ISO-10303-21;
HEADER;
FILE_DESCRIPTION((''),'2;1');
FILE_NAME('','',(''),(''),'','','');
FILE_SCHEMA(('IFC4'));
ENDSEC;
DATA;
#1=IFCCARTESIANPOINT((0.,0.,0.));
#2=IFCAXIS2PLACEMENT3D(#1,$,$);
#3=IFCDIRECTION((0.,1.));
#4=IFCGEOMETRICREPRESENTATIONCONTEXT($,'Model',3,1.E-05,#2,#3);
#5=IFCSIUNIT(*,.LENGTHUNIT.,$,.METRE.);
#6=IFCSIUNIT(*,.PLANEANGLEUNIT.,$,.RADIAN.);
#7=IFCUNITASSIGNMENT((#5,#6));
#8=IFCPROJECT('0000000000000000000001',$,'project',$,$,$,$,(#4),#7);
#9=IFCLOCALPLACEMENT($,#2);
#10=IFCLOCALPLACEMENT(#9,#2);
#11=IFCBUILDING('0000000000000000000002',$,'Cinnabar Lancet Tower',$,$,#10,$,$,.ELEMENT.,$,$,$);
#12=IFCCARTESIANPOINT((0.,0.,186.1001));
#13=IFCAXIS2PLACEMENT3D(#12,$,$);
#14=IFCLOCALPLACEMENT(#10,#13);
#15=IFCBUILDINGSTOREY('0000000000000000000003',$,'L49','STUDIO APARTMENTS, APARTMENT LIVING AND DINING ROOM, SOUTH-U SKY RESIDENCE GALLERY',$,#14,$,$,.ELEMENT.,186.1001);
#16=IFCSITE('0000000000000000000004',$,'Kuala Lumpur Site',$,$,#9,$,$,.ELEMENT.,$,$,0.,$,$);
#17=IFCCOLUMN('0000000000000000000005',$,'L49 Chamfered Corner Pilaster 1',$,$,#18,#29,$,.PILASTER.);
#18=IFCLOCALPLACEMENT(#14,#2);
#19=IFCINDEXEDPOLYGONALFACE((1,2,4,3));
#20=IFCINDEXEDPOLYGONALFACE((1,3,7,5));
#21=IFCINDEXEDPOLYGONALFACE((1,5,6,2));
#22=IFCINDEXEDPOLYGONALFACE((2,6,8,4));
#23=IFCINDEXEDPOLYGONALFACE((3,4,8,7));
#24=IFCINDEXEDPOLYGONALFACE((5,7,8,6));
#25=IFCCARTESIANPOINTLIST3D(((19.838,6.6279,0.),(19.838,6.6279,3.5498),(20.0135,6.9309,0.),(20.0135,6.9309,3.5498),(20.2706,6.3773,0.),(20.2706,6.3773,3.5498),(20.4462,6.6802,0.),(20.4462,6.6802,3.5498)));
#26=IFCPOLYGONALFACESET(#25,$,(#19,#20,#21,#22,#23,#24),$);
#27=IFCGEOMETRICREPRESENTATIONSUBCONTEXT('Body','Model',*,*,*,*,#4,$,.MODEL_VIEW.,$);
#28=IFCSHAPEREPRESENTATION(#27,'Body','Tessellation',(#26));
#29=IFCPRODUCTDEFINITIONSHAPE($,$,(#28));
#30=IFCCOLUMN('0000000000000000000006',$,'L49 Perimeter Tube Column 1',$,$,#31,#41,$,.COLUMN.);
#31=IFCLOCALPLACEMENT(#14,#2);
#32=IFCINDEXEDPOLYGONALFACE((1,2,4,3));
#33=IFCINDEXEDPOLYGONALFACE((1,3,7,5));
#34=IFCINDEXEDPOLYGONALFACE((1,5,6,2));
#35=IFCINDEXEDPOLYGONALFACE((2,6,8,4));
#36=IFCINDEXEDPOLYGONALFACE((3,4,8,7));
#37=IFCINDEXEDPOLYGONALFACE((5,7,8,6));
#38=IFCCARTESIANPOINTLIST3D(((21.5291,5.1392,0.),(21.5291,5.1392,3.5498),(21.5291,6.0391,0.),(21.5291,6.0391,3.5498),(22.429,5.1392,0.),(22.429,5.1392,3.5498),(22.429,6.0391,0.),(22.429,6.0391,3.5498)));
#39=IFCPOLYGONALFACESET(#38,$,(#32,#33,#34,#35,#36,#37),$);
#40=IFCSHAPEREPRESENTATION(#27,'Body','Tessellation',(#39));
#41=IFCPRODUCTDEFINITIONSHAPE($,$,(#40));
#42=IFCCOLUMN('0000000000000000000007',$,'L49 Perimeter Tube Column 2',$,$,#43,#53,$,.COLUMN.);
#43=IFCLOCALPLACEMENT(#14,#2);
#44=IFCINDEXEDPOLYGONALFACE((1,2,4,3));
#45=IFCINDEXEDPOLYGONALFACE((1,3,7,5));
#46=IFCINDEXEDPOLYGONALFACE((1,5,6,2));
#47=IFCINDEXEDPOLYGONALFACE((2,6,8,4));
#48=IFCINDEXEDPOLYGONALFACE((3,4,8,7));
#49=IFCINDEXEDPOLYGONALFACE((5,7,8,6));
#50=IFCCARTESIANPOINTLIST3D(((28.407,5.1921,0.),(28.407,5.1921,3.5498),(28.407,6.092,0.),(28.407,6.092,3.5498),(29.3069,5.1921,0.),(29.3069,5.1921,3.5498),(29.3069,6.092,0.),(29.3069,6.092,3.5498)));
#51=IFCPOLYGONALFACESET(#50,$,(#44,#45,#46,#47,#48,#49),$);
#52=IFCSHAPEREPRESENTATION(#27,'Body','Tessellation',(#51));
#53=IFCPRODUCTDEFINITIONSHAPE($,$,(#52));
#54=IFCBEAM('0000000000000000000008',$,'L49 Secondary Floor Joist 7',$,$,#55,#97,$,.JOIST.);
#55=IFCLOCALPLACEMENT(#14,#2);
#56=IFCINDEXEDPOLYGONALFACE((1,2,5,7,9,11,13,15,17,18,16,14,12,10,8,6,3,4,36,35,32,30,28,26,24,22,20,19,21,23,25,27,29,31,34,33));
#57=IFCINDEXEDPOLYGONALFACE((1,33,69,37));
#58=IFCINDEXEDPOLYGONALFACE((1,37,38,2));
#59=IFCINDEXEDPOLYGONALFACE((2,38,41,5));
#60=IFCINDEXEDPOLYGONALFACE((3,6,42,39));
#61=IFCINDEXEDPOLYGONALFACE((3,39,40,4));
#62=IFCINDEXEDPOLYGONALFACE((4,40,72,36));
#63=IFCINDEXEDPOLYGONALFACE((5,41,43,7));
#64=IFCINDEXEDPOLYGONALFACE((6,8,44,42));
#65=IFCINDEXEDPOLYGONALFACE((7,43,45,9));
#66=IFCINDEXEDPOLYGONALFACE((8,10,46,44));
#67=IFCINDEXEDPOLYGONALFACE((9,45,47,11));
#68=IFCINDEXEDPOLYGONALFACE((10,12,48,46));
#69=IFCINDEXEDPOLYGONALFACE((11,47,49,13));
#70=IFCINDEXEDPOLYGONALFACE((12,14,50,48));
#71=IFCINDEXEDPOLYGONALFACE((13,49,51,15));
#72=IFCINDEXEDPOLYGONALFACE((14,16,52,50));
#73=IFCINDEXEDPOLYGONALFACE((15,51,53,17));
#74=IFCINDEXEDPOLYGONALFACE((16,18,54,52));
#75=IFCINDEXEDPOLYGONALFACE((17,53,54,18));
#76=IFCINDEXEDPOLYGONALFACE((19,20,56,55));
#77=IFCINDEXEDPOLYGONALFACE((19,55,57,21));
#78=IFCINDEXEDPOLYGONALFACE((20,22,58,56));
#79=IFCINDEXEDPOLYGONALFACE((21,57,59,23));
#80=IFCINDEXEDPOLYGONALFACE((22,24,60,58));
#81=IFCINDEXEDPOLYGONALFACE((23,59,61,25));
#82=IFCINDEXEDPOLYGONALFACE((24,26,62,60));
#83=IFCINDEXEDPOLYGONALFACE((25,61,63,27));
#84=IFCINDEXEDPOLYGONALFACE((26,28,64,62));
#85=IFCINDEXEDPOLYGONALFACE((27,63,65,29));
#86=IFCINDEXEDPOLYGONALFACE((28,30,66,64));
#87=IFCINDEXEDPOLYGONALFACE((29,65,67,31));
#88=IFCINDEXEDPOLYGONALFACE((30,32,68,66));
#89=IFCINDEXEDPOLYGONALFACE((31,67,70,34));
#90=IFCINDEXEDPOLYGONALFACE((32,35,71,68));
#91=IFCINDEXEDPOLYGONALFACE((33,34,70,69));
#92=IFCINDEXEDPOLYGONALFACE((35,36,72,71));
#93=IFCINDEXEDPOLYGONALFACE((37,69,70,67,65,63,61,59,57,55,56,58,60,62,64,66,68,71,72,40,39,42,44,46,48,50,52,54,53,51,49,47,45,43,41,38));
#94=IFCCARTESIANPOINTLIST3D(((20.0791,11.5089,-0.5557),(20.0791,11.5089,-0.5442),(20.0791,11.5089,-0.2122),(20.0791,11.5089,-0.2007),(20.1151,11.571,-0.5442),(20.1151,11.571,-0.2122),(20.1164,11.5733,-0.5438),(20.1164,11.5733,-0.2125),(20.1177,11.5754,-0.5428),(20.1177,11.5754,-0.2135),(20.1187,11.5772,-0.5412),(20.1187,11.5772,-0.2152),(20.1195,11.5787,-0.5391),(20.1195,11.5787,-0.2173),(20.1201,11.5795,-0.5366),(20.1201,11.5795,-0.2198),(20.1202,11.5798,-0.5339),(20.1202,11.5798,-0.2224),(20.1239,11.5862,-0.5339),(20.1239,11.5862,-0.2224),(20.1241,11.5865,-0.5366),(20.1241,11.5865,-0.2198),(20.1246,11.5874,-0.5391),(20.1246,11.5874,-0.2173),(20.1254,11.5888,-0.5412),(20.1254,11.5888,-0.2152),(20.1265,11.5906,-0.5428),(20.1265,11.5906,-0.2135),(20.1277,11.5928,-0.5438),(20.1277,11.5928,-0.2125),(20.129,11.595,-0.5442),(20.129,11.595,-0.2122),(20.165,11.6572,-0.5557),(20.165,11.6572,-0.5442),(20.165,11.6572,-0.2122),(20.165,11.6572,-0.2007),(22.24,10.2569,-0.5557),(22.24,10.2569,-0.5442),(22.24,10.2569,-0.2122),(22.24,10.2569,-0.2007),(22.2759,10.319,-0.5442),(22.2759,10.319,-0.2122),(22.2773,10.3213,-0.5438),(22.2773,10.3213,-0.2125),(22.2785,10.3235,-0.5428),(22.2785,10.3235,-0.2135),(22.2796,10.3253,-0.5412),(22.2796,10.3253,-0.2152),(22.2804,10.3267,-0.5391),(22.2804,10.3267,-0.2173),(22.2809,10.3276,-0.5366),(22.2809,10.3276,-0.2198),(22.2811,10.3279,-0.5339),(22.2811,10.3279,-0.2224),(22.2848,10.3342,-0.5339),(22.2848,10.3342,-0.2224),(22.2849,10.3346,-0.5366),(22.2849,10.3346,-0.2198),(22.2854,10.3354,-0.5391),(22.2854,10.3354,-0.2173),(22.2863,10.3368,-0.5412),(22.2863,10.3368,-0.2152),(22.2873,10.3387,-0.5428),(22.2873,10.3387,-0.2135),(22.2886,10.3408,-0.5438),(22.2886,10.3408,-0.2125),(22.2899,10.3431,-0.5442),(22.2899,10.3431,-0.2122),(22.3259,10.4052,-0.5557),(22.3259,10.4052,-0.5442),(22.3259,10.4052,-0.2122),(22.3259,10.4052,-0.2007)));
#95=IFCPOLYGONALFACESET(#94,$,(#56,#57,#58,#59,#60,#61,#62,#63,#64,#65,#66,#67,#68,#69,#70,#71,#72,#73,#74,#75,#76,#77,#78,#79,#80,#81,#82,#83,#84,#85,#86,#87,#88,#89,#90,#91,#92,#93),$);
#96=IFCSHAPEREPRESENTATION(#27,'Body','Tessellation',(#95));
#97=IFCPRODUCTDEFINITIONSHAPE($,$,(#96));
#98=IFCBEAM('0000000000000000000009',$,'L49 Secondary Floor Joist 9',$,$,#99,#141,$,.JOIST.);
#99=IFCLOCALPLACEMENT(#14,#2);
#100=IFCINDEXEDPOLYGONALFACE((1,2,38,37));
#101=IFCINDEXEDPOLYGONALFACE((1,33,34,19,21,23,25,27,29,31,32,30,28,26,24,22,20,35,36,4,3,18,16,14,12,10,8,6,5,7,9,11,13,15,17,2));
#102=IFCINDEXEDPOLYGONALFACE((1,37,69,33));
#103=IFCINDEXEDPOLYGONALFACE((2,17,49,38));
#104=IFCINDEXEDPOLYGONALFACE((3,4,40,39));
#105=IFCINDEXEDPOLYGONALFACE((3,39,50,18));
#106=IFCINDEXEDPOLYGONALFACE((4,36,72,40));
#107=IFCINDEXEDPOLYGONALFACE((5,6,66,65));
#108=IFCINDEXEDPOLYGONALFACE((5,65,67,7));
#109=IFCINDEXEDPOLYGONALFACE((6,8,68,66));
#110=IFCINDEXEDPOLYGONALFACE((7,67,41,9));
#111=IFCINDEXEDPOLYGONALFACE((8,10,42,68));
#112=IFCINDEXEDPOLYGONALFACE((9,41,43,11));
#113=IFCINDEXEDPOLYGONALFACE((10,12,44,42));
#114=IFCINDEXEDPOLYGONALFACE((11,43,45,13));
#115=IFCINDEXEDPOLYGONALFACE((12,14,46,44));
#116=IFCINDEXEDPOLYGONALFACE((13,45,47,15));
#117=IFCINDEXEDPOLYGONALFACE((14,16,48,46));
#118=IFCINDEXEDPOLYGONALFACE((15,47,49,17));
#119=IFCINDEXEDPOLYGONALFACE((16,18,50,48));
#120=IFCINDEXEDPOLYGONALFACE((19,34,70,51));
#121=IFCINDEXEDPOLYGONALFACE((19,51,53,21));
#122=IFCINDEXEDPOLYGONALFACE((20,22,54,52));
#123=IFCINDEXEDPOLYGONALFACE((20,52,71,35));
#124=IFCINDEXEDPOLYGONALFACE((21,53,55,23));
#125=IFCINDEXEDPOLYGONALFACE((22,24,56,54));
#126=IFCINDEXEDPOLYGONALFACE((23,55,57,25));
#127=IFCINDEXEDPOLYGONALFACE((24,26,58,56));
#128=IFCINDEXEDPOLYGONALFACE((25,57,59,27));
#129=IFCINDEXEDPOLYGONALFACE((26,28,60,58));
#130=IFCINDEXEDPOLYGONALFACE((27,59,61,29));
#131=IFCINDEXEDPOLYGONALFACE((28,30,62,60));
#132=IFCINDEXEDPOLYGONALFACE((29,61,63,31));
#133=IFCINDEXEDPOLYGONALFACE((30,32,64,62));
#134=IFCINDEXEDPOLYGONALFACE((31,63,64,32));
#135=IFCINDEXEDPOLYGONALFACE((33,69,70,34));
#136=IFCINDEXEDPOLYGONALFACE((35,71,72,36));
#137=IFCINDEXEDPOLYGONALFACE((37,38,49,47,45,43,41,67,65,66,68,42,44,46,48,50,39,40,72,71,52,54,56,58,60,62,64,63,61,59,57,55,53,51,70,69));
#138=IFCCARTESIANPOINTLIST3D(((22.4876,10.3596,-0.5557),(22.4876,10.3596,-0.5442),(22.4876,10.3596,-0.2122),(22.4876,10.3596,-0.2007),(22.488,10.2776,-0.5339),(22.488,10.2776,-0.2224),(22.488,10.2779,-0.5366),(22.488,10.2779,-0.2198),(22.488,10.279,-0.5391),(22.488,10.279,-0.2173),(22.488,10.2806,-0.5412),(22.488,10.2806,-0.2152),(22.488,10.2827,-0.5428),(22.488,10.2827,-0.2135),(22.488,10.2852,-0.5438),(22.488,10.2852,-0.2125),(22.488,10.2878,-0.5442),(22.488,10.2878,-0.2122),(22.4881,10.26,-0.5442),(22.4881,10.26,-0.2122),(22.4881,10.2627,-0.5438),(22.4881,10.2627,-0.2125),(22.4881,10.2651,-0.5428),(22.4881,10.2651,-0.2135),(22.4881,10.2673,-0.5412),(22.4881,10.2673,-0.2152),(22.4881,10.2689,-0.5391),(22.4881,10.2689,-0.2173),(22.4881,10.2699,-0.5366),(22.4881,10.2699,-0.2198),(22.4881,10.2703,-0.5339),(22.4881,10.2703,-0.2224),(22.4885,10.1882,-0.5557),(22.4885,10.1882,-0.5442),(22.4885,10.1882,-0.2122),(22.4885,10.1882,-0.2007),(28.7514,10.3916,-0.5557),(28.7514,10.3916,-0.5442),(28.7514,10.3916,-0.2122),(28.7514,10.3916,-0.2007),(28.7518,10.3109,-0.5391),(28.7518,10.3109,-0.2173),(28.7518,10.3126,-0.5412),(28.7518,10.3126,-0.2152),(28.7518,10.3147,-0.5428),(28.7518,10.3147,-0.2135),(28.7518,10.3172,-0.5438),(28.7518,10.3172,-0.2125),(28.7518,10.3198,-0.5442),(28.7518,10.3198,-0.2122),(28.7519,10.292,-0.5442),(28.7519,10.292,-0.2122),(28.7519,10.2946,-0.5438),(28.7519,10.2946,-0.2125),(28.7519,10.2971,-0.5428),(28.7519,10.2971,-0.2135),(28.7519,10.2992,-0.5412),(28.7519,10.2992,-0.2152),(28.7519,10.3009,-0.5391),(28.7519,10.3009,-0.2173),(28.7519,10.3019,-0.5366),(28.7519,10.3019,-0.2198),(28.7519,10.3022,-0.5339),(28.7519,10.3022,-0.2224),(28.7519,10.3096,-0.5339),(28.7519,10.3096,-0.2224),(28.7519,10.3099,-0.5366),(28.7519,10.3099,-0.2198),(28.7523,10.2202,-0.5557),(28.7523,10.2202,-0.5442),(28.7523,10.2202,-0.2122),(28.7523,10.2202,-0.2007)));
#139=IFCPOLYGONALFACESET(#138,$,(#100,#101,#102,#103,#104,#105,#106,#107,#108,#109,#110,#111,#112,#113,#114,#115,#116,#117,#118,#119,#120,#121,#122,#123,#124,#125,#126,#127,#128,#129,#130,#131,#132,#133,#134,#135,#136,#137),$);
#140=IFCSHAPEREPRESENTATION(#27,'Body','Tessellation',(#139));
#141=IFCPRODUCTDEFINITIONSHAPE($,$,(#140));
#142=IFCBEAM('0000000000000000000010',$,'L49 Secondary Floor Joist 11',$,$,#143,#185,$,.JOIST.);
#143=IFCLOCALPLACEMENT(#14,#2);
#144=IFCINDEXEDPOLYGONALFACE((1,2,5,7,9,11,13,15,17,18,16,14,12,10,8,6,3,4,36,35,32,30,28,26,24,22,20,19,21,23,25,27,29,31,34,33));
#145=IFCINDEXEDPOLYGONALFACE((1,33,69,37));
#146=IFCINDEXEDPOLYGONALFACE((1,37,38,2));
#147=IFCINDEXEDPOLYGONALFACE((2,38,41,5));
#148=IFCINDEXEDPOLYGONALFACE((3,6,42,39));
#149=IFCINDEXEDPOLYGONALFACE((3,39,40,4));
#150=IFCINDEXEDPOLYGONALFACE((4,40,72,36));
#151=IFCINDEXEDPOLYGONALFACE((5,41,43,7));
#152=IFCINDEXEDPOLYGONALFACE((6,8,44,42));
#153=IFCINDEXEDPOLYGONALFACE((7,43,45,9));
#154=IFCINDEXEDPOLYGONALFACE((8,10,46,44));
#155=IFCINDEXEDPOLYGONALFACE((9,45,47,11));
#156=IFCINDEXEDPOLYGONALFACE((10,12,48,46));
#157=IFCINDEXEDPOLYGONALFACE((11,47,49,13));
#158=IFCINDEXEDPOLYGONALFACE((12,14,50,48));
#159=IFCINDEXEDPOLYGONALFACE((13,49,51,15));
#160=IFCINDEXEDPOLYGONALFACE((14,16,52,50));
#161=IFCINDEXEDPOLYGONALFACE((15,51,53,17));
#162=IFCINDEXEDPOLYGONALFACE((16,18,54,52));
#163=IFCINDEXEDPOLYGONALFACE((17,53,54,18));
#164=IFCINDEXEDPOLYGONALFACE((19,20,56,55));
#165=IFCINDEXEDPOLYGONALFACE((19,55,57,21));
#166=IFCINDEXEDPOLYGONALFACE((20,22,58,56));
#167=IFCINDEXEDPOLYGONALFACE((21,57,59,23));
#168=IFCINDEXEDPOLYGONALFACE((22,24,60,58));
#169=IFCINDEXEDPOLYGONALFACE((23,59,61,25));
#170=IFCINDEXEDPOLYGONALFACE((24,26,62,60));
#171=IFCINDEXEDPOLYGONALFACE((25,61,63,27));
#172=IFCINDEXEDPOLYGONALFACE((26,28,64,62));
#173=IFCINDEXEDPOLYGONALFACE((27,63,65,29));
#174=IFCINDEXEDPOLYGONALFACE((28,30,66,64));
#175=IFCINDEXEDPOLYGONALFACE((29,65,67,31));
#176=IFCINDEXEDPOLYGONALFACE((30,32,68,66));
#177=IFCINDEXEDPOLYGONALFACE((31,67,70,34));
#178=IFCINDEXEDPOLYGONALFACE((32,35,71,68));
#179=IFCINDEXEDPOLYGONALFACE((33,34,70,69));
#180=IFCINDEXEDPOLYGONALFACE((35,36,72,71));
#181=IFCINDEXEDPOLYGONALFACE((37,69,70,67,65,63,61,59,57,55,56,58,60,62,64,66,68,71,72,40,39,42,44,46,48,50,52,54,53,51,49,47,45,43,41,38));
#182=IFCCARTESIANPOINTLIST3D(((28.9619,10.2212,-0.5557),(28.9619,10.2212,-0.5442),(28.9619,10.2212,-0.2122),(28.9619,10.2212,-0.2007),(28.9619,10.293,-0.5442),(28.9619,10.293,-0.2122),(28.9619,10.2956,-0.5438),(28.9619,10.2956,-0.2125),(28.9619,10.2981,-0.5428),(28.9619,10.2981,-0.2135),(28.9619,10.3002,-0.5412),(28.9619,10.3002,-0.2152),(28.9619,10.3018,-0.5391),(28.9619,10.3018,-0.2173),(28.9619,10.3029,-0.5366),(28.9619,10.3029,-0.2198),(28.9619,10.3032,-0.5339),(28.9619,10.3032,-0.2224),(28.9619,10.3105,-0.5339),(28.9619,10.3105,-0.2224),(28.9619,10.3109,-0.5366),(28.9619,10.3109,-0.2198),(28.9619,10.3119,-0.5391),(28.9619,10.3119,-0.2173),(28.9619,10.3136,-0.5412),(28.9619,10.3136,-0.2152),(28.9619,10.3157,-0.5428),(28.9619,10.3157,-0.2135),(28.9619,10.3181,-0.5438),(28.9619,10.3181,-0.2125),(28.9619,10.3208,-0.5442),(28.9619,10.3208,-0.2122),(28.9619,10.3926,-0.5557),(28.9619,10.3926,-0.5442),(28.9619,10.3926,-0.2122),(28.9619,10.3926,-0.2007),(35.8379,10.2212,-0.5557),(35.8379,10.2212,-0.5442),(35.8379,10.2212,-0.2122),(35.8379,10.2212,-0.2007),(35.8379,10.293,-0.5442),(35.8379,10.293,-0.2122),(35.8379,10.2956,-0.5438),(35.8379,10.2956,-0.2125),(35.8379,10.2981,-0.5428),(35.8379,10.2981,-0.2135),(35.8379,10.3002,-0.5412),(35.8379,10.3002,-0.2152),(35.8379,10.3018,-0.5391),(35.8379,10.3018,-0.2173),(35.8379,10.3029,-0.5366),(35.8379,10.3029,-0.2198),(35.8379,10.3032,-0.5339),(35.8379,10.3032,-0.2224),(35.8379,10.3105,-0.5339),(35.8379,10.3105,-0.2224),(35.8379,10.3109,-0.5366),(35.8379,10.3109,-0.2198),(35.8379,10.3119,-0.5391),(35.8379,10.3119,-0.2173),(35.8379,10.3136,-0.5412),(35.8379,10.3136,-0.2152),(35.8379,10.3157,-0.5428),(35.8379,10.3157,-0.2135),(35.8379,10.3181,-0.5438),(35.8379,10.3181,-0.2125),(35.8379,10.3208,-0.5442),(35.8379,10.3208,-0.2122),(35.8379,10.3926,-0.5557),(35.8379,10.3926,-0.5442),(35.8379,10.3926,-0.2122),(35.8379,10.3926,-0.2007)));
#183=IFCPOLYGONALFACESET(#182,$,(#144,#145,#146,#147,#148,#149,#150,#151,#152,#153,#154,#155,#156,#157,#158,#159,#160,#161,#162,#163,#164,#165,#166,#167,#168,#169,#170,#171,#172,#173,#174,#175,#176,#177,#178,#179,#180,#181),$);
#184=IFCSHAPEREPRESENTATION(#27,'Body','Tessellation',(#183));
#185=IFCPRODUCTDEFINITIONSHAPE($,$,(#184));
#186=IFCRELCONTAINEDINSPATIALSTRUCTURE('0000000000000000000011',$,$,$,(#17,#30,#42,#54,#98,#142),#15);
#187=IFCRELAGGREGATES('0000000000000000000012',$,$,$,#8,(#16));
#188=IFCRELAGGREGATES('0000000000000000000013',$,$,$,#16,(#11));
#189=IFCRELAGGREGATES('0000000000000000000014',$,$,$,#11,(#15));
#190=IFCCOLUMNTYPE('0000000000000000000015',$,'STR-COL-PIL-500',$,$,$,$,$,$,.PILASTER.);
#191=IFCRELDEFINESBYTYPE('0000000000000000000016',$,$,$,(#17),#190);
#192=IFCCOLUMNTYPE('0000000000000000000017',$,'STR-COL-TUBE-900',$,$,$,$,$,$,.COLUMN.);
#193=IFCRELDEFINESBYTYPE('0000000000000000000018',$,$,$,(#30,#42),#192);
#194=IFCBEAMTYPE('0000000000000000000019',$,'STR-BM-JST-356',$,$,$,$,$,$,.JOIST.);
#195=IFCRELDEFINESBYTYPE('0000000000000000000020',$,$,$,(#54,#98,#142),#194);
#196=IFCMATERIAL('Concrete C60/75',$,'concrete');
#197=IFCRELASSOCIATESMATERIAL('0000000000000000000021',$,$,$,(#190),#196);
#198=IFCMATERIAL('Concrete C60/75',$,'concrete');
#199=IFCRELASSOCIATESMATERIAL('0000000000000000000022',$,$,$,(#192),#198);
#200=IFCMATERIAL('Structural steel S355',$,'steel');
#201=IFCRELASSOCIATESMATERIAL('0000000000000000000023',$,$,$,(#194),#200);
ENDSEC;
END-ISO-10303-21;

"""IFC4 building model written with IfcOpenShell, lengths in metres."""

from ifc_helpers import new_model, si_unit, direction, frame, origin, origin_2d, place, context, subcontext, project, spatial, rectangle, i_section, extrude, material, material_profile, profile_set, type_object, element, save


model = new_model("IFC4")

# Units and contexts
model_context = context("Model", 3, precision=1e-05, world=origin(), true_north=direction((0.0, 1.0)))
body_context = subcontext(model_context, "Body", "Model", "MODEL_VIEW")
ifc_project = project(units=[si_unit("LENGTHUNIT", "METRE"), si_unit("PLANEANGLEUNIT", "RADIAN")], contexts=[model_context])

# Site, building, storey
site_placement = place(None, origin())
site = spatial("IfcSite", under=ifc_project, at=site_placement, Name="Kuala Lumpur Site", CompositionType="ELEMENT", RefElevation=0.0)
building_placement = place(site_placement, origin())
building = spatial("IfcBuilding", under=site, at=building_placement, Name="Cinnabar Lancet Tower", CompositionType="ELEMENT")
storey_placement = place(building_placement, frame((0.0, 0.0, 186.1001)))
storey = spatial("IfcBuildingStorey", under=building, at=storey_placement, Name="L49", Description="STUDIO APARTMENTS, APARTMENT LIVING AND DINING ROOM, SOUTH-U SKY RESIDENCE GALLERY", CompositionType="ELEMENT", Elevation=186.1001)

# Columns
ifc_material_1 = material(Name="Concrete C60/75", Category="concrete")
ifc_material_profile_1 = material_profile(ifc_material_1, rectangle(XDim=0.5, YDim=0.3501, at=origin_2d()), Name="RC-PIL 500x350")
ifc_profile_set_1 = profile_set([ifc_material_profile_1], Name="Concrete C60/75")
column_type_1 = type_object("IfcColumnType", Name="STR-COL-PIL-500", PredefinedType="PILASTER", material=ifc_profile_set_1)
column_placement = place(storey_placement, frame((20.1421, 6.6541, 0.0), z_axis=(0.0, 0.0, 1.0), x_axis=(0.86523, -0.501375, 0.0)))
element("IfcColumn", 1, at=column_placement, inside=storey, type_object=column_type_1, Name="L49 Chamfered Corner Pilaster 1", PredefinedType="PILASTER", context=body_context, shape_type="SweptSolid", body=[
    extrude(rectangle(XDim=0.5, YDim=0.3501, at=origin_2d()), origin(), (0.0, 0.0, 1.0), 3.5498),
])
ifc_material_2 = material(Name="Concrete C60/75", Category="concrete")
ifc_material_profile_2 = material_profile(ifc_material_2, rectangle(XDim=0.8999, YDim=0.8999, at=origin_2d()), Name="RC-COL 900x900")
ifc_profile_set_2 = profile_set([ifc_material_profile_2], Name="Concrete C60/75")
column_type_2 = type_object("IfcColumnType", Name="STR-COL-TUBE-900", PredefinedType="COLUMN", material=ifc_profile_set_2)
for number, where, z_axis, x_axis, name in (
    (2, (21.979, 5.5891, 0.0), (0.0, 0.0, 1.0), (1.0, 0.0, 0.0), "L49 Perimeter Tube Column 1"),
    (3, (28.8569, 5.6421, 0.0), (0.0, 0.0, 1.0), (1.0, 0.0, 0.0), "L49 Perimeter Tube Column 2"),
):
    element("IfcColumn", number, at=place(storey_placement, frame(where, z_axis=z_axis, x_axis=x_axis)), inside=storey, type_object=column_type_2, Name=name, PredefinedType="COLUMN", context=body_context, shape_type="SweptSolid", body=[
        extrude(rectangle(XDim=0.8999, YDim=0.8999, at=origin_2d()), origin(), (0.0, 0.0, 1.0), 3.5498),
    ])

# Beams
ifc_material_3 = material(Name="Structural steel S355", Category="steel")
ifc_material_profile_3 = material_profile(ifc_material_3, i_section(OverallWidth=0.1714, OverallDepth=0.355, WebThickness=0.0073, FlangeThickness=0.0115, FilletRadius=0.0103, at=origin_2d()), Name="UKB 356x171x51")
ifc_profile_set_3 = profile_set([ifc_material_profile_3], Name="Structural steel S355")
beam_type_1 = type_object("IfcBeamType", Name="STR-BM-JST-356", PredefinedType="JOIST", material=ifc_profile_set_3)
beam_1_placement = place(storey_placement, frame((20.1221, 11.583, -0.3782), z_axis=(0.865268, -0.50131, 0.0), x_axis=(0.50131, 0.865268, 0.0)))
element("IfcBeam", 4, at=beam_1_placement, inside=storey, type_object=beam_type_1, Name="L49 Secondary Floor Joist 7", PredefinedType="JOIST", context=body_context, shape_type="SweptSolid", body=[
    extrude(i_section(OverallWidth=0.1714, OverallDepth=0.355, WebThickness=0.0073, FlangeThickness=0.0115, FilletRadius=0.0103, at=origin_2d()), origin(), (0.0, 0.0, 1.0), 2.4973),
])
beam_2_placement = place(storey_placement, frame((22.488, 10.2739, -0.3782), z_axis=(0.999987, 0.005106, 0.0), x_axis=(-0.005106, 0.999987, 0.0)))
element("IfcBeam", 5, at=beam_2_placement, inside=storey, type_object=beam_type_1, Name="L49 Secondary Floor Joist 9", PredefinedType="JOIST", context=body_context, shape_type="SweptSolid", body=[
    extrude(i_section(OverallWidth=0.1714, OverallDepth=0.355, WebThickness=0.0073, FlangeThickness=0.0115, FilletRadius=0.0103, at=origin_2d()), origin(), (0.0, 0.0, 1.0), 6.2639),
])
beam_3_placement = place(storey_placement, frame((28.9619, 10.3069, -0.3782), z_axis=(1.0, 0.0, 0.0), x_axis=(0.0, 1.0, 0.0)))
element("IfcBeam", 6, at=beam_3_placement, inside=storey, type_object=beam_type_1, Name="L49 Secondary Floor Joist 11", PredefinedType="JOIST", context=body_context, shape_type="SweptSolid", body=[
    extrude(i_section(OverallWidth=0.1714, OverallDepth=0.355, WebThickness=0.0073, FlangeThickness=0.0115, FilletRadius=0.0103, at=origin_2d()), origin(), (0.0, 0.0, 1.0), 6.876),
])

save(model, "model.ifc")
